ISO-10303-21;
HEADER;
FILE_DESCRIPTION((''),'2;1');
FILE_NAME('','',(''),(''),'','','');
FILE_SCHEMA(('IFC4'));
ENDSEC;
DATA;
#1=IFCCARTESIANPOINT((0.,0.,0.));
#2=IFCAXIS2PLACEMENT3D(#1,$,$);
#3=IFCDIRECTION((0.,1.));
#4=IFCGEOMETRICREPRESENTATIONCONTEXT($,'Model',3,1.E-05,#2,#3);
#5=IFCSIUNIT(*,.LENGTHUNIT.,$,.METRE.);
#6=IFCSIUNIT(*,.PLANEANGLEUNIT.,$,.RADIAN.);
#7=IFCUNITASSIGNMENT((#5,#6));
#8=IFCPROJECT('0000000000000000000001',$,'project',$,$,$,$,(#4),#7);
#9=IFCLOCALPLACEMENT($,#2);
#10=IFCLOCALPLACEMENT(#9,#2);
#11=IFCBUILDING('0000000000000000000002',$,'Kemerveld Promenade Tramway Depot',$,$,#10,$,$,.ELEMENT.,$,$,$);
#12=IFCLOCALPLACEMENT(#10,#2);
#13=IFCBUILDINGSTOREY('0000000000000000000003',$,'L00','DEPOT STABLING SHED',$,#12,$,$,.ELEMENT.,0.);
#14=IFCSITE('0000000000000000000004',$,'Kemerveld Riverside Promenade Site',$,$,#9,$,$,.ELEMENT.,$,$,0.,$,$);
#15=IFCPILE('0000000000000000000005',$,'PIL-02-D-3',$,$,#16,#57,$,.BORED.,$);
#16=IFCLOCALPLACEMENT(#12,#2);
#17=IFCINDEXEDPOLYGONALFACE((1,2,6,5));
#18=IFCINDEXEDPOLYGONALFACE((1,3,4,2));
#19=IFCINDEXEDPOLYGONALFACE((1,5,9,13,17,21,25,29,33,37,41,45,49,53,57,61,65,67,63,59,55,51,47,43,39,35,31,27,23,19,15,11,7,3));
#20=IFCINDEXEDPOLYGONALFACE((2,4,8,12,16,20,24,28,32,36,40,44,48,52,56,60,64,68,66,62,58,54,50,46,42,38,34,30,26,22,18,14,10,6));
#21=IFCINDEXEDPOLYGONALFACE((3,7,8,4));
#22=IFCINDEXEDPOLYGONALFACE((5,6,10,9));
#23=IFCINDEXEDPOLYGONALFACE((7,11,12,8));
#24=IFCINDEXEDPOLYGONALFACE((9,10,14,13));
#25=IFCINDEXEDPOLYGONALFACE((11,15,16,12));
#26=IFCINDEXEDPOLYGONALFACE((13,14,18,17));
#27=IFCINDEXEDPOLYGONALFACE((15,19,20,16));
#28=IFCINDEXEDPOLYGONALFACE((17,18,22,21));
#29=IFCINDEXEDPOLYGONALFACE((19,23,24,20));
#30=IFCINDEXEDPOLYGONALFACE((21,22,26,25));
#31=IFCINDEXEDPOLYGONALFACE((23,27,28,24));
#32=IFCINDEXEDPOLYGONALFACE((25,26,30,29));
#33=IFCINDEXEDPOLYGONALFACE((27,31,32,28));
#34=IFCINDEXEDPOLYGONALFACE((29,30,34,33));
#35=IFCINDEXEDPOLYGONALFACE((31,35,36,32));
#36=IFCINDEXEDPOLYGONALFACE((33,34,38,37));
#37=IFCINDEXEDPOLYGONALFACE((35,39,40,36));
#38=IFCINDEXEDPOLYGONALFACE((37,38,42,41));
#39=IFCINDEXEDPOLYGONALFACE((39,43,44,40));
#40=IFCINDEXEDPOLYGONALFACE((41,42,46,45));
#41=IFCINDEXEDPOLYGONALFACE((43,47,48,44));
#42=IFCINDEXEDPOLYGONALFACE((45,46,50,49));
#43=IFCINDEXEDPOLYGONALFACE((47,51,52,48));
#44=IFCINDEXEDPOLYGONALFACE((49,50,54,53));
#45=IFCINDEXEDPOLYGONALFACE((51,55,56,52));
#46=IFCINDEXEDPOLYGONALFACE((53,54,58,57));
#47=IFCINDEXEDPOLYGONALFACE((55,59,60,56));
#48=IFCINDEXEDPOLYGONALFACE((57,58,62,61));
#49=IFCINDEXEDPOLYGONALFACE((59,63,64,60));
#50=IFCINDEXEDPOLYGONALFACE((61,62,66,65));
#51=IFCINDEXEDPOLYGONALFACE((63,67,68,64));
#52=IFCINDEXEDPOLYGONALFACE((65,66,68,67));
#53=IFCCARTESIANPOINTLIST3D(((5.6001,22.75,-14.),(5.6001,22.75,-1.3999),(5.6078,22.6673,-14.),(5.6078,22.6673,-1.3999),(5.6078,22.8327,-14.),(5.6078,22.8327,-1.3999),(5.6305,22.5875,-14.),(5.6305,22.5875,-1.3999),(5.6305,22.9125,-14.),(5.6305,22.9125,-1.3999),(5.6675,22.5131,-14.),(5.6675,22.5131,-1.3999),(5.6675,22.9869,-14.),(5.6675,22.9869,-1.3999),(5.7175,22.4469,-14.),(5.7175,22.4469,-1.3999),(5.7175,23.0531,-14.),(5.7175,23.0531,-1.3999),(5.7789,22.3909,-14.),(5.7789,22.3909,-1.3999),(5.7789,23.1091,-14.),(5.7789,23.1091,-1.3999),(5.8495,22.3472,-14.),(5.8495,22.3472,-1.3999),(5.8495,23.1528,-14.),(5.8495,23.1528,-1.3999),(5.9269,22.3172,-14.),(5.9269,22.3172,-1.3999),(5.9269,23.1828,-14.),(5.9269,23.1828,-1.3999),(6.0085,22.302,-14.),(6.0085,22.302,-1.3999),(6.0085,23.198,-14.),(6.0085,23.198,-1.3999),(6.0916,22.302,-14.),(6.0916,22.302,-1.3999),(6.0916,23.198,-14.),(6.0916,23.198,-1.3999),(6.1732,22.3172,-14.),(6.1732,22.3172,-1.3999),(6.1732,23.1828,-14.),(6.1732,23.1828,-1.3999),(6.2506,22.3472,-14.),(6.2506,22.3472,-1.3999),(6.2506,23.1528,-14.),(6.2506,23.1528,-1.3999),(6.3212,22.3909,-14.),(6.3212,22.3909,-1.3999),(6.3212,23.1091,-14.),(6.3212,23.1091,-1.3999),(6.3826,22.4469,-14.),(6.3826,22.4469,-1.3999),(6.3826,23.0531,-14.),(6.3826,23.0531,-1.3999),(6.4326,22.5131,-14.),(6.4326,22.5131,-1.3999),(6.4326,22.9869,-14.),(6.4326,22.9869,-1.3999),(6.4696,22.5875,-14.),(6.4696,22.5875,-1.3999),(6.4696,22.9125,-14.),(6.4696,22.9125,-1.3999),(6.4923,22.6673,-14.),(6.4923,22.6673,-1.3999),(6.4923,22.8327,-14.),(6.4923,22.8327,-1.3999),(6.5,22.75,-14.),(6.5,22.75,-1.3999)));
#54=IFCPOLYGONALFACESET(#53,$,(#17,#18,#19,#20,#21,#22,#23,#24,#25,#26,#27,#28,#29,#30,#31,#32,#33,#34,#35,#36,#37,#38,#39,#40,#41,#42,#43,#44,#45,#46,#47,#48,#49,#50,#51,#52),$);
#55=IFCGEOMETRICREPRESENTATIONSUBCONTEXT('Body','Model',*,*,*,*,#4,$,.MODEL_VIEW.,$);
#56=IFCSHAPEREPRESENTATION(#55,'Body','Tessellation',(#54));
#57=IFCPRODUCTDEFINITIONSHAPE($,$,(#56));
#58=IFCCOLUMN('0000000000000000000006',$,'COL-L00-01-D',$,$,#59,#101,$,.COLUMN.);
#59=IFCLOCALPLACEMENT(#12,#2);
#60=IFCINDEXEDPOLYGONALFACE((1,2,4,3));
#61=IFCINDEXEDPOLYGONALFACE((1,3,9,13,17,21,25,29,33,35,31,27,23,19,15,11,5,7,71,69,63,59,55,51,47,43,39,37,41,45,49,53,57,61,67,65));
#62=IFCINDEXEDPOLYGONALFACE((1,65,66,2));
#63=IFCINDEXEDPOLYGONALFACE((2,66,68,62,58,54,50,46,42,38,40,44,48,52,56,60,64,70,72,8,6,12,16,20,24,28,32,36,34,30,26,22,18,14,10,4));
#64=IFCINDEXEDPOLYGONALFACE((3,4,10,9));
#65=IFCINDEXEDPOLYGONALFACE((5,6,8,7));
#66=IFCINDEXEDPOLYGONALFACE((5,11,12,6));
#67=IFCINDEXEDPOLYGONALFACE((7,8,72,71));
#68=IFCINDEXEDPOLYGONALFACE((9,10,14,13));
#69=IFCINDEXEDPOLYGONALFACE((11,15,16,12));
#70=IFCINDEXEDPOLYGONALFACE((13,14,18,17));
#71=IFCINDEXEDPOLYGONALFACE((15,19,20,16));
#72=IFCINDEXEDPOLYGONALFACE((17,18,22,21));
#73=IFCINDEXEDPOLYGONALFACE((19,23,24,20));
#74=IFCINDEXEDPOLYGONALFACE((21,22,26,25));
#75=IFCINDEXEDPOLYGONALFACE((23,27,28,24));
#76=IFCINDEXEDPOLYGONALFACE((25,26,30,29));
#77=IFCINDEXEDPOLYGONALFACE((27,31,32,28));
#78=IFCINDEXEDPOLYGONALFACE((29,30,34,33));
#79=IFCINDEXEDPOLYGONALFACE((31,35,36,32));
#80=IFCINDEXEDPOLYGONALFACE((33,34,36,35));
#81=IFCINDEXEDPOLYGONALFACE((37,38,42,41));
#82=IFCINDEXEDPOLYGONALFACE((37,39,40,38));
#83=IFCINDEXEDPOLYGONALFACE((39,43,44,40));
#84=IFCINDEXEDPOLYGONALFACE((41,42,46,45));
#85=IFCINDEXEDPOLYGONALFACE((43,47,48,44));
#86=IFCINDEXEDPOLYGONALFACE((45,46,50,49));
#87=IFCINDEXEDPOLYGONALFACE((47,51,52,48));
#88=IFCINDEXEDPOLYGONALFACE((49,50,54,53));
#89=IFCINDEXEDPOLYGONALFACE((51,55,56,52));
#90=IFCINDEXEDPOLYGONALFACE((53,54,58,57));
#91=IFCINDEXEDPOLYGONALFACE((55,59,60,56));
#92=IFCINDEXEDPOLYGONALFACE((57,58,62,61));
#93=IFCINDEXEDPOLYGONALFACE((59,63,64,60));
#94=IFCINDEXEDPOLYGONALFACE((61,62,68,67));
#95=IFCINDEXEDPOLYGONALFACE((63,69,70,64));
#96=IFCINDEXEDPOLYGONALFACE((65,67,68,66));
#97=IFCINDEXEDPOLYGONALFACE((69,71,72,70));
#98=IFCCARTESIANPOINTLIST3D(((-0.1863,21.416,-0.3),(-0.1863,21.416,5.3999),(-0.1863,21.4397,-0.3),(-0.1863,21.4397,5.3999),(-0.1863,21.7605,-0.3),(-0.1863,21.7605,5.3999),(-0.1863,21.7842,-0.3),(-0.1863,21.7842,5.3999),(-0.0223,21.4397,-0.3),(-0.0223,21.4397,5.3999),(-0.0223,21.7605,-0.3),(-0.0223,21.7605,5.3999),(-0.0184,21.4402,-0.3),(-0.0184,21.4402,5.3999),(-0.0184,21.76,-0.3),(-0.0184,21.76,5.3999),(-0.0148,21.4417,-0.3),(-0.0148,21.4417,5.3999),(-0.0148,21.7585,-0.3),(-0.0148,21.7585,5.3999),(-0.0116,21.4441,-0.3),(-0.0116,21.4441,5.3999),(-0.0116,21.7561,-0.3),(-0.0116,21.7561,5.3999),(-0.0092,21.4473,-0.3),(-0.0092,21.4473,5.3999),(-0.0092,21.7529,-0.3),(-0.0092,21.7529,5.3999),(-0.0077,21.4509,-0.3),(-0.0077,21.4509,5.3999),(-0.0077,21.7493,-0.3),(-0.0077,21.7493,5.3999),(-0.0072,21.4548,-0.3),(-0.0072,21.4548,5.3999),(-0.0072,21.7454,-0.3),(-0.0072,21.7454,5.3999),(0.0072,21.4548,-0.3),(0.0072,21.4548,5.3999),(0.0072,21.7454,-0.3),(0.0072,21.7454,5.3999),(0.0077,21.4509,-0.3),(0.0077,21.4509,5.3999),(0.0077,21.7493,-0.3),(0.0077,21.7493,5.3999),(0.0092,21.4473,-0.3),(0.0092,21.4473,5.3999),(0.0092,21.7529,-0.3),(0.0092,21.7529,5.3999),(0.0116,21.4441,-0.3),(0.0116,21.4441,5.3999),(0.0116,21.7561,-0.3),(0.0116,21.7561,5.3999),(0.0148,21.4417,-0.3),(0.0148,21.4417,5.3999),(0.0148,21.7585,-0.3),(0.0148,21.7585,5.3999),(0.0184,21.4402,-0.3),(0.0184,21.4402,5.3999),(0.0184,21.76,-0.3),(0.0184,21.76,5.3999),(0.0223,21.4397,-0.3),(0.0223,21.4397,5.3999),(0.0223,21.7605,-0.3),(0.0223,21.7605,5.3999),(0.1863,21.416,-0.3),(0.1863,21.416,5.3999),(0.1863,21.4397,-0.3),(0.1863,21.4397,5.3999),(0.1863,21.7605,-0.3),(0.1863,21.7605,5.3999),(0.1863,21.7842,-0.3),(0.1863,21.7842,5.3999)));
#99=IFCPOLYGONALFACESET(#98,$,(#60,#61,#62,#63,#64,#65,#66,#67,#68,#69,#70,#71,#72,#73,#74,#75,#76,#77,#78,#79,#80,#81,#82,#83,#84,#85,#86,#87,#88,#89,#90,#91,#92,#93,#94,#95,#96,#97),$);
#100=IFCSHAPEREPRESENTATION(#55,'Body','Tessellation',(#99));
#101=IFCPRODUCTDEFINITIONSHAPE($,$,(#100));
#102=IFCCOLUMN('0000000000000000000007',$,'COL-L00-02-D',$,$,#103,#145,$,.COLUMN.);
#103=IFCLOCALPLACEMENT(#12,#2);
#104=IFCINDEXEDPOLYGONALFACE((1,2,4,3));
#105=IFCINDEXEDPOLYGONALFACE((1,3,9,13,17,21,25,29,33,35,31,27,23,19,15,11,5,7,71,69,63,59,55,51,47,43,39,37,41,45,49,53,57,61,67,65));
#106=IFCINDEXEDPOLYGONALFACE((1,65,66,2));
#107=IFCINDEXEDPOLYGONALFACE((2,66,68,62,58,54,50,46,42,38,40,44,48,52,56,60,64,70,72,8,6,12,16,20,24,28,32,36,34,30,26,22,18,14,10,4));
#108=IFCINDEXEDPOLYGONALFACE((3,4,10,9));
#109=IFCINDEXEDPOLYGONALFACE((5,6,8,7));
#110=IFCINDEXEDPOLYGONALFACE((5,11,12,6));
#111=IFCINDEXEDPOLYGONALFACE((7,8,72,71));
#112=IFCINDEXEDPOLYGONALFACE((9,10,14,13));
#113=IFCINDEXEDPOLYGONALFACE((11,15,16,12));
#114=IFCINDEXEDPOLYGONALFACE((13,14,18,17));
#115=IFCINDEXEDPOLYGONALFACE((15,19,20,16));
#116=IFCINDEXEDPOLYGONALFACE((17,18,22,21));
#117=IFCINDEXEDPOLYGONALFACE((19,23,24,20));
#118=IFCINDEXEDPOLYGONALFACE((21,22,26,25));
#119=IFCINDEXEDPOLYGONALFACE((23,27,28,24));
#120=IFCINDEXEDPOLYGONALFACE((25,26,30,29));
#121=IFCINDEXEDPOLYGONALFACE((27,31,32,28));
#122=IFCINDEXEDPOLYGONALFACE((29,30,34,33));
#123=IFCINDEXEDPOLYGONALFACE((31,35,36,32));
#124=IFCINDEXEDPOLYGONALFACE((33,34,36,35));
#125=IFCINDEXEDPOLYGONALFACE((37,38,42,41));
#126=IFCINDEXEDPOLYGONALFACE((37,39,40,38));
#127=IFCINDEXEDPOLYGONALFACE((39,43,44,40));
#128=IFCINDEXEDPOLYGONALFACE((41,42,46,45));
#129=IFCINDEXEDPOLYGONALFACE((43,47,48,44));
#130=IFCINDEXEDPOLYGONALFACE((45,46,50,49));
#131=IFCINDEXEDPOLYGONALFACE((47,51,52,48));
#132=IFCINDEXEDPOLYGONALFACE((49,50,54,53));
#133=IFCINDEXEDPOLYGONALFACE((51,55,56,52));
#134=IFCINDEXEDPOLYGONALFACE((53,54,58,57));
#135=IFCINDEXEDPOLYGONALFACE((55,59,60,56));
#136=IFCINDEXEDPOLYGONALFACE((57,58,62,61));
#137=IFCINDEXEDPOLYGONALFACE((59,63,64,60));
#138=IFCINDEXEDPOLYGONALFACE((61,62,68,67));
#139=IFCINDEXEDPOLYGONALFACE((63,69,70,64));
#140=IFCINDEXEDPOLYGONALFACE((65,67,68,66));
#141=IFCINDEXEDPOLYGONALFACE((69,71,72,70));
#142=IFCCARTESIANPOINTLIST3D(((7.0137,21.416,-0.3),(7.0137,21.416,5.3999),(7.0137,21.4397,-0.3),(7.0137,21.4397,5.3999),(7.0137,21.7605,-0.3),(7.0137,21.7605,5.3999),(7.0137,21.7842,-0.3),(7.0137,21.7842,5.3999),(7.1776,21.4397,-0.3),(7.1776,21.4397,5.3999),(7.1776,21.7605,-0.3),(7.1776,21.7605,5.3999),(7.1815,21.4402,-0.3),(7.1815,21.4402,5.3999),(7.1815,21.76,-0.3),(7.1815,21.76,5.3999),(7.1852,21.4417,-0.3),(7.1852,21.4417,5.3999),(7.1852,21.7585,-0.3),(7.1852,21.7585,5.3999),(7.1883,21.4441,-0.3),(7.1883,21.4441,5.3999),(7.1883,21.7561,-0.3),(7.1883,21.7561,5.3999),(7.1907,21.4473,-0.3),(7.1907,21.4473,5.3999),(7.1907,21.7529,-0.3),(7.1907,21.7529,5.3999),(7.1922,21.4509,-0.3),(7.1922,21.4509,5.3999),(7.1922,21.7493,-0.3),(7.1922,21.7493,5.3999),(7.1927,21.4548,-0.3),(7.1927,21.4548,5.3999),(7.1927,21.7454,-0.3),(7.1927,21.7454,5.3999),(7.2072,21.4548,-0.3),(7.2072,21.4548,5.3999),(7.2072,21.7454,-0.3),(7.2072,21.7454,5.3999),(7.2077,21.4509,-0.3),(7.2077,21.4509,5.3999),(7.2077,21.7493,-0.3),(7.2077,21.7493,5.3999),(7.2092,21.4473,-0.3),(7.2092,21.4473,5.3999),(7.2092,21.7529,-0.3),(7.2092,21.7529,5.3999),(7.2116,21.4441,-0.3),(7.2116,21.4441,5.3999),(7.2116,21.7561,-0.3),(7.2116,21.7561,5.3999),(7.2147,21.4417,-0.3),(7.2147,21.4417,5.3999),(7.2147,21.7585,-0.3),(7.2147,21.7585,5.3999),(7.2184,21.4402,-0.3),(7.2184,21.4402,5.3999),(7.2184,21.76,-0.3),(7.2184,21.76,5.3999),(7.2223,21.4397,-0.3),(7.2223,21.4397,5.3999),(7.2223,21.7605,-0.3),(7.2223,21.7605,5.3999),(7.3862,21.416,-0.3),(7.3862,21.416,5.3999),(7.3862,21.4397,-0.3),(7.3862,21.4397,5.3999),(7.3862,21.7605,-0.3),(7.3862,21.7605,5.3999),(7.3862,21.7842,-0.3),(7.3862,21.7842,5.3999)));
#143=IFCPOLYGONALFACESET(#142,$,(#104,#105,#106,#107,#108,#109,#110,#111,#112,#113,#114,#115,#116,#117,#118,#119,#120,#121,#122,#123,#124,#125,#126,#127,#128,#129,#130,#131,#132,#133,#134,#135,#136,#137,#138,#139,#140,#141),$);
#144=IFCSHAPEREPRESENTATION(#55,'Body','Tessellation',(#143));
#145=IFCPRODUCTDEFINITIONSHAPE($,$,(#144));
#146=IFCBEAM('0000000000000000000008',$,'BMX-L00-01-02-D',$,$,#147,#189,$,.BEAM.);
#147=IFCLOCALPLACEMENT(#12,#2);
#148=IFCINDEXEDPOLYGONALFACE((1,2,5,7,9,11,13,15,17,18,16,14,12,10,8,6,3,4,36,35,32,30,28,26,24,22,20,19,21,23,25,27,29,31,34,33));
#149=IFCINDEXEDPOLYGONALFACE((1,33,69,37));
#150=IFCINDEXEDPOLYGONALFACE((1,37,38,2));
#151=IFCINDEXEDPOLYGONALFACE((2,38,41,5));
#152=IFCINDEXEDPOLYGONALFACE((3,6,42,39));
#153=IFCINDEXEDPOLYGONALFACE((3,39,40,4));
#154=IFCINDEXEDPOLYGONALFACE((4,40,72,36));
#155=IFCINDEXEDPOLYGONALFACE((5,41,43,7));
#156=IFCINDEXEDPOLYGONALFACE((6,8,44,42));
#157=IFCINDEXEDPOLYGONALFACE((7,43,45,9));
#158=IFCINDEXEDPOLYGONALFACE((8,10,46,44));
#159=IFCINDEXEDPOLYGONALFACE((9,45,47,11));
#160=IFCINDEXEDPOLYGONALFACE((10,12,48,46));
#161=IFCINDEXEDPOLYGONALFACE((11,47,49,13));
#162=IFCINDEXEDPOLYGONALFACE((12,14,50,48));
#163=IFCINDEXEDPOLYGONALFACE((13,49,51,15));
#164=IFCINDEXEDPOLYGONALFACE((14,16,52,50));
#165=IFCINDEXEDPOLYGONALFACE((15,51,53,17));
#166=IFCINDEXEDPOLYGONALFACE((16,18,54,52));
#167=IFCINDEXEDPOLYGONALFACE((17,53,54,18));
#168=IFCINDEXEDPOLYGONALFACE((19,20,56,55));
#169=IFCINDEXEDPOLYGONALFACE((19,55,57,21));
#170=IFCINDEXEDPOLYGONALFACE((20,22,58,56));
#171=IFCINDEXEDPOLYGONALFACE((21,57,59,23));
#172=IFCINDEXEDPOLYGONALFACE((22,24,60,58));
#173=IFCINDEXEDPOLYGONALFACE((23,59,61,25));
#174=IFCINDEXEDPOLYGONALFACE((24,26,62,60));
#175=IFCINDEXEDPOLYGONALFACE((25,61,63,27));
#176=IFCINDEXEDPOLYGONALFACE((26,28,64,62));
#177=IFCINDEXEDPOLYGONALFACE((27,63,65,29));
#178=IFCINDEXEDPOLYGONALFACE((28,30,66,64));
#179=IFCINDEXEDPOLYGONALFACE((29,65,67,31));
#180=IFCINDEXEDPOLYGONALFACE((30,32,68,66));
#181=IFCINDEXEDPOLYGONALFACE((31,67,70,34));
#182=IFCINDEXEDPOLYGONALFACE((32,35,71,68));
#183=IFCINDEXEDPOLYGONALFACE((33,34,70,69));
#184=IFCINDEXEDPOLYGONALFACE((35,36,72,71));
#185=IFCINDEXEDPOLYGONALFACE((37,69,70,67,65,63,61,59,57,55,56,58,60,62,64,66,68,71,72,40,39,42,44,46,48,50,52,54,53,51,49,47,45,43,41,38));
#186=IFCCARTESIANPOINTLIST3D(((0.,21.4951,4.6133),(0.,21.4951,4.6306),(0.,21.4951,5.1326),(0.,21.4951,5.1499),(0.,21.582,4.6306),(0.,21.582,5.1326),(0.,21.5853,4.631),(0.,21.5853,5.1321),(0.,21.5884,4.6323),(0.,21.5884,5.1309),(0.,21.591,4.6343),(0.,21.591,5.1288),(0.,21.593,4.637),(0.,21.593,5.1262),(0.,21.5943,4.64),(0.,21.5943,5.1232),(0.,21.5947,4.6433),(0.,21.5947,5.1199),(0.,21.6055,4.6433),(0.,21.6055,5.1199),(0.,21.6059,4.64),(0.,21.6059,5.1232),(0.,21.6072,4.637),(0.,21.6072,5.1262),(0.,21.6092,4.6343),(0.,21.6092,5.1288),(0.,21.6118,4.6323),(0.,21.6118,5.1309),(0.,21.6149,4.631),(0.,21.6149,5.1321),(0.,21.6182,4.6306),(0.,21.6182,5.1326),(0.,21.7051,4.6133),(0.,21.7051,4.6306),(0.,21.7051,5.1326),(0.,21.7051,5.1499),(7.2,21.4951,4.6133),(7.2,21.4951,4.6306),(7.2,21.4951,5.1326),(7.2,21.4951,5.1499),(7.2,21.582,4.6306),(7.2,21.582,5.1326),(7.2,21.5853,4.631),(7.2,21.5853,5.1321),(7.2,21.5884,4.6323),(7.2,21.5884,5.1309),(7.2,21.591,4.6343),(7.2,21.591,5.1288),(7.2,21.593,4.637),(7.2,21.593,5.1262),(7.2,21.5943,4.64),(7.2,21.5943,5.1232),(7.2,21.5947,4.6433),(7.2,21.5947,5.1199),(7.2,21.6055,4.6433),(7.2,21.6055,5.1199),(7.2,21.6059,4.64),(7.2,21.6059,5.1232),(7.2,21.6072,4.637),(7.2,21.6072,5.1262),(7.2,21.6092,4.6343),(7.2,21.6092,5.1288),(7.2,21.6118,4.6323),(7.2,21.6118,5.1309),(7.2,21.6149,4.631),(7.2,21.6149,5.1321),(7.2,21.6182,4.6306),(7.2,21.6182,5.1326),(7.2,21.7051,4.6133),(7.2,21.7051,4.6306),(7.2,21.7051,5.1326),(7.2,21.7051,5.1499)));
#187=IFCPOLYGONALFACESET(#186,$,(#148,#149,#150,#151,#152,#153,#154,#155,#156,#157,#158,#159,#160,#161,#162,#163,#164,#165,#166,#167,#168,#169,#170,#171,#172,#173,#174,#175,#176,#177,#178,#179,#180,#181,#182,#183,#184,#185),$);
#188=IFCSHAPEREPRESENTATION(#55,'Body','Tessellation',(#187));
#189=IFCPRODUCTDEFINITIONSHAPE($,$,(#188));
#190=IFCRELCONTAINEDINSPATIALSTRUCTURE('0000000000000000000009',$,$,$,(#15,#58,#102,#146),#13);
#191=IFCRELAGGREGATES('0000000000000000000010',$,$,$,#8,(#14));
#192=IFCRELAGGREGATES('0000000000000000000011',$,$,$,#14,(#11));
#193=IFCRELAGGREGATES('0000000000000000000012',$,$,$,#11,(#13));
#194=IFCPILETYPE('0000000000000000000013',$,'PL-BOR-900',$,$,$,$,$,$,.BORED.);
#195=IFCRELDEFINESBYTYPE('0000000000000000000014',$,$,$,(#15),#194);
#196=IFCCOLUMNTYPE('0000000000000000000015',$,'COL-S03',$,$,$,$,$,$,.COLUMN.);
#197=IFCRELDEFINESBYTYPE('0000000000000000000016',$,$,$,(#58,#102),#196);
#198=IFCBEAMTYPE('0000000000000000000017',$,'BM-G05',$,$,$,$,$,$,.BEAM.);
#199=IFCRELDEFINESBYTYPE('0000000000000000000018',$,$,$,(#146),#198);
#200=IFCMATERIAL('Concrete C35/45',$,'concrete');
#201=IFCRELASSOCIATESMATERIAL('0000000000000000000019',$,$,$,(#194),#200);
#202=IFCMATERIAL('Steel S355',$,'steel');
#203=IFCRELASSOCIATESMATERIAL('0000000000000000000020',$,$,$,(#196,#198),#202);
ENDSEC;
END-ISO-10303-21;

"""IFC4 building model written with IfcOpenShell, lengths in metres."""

from ifc_helpers import new_model, si_unit, direction, frame, origin, origin_2d, place, context, subcontext, project, spatial, circle, i_section, extrude, material, material_profile, profile_set, type_object, element, save


model = new_model("IFC4")

# Units and contexts
model_context = context("Model", 3, precision=1e-05, world=origin(), true_north=direction((0.0, 1.0)))
body_context = subcontext(model_context, "Body", "Model", "MODEL_VIEW")
ifc_project = project(units=[si_unit("LENGTHUNIT", "METRE"), si_unit("PLANEANGLEUNIT", "RADIAN")], contexts=[model_context])

# Site, building, storey
site_placement = place(None, origin())
site = spatial("IfcSite", under=ifc_project, at=site_placement, Name="Kemerveld Riverside Promenade Site", CompositionType="ELEMENT", RefElevation=0.0)
building_placement = place(site_placement, origin())
building = spatial("IfcBuilding", under=site, at=building_placement, Name="Kemerveld Promenade Tramway Depot", CompositionType="ELEMENT")
storey_placement = place(building_placement, origin())
storey = spatial("IfcBuildingStorey", under=building, at=storey_placement, Name="L00", Description="DEPOT STABLING SHED", CompositionType="ELEMENT", Elevation=0.0)

# Shared definitions
ifc_material_1 = material(Name="Concrete C35/45", Category="concrete")

# Pile
ifc_material_profile_1 = material_profile(ifc_material_1, circle(Radius=0.45, at=origin_2d()), Name="PILE-D900")
ifc_profile_set_1 = profile_set([ifc_material_profile_1], Name="Concrete C35/45")
pile_type = type_object("IfcPileType", Name="PL-BOR-900", PredefinedType="BORED", material=ifc_profile_set_1)
for number, where, z_axis, x_axis, name in (
    (1, (6.05, 22.75, -1.3999), (0.0, 0.0, -1.0), (1.0, 0.0, 0.0), "PIL-02-D-3"),
):
    element("IfcPile", number, at=place(storey_placement, frame(where, z_axis=z_axis, x_axis=x_axis)), inside=storey, type_object=pile_type, Name=name, PredefinedType="BORED", context=body_context, shape_type="SweptSolid", body=[
        extrude(circle(Radius=0.45, at=origin_2d()), origin(), (0.0, 0.0, 1.0), 12.6001),
    ])

# Columns
ifc_material_2 = material(Name="Steel S355", Category="steel")
ifc_material_profile_2 = material_profile(ifc_material_2, i_section(OverallWidth=0.3726, OverallDepth=0.3682, WebThickness=0.0144, FlangeThickness=0.0237, FilletRadius=0.0151, at=origin_2d()), Name="356x368x177 UC")
ifc_profile_set_2 = profile_set([ifc_material_profile_2], Name="Steel S355")
column_type = type_object("IfcColumnType", Name="COL-S03", PredefinedType="COLUMN", material=ifc_profile_set_2)
for number, where, z_axis, x_axis, name in (
    (2, (0.0, 21.6001, -0.3), (0.0, 0.0, 1.0), (1.0, 0.0, 0.0), "COL-L00-01-D"),
    (3, (7.2, 21.6001, -0.3), (0.0, 0.0, 1.0), (1.0, 0.0, 0.0), "COL-L00-02-D"),
):
    element("IfcColumn", number, at=place(storey_placement, frame(where, z_axis=z_axis, x_axis=x_axis)), inside=storey, type_object=column_type, Name=name, PredefinedType="COLUMN", context=body_context, shape_type="SweptSolid", body=[
        extrude(i_section(OverallWidth=0.3726, OverallDepth=0.3682, WebThickness=0.0144, FlangeThickness=0.0237, FilletRadius=0.0151, at=origin_2d()), origin(), (0.0, 0.0, 1.0), 5.7),
    ])

# Beam
ifc_material_profile_3 = material_profile(ifc_material_2, i_section(OverallWidth=0.21, OverallDepth=0.5366, WebThickness=0.0107, FlangeThickness=0.0173, FilletRadius=0.0127, at=origin_2d()), Name="533x210x101 UB")
ifc_profile_set_3 = profile_set([ifc_material_profile_3], Name="Steel S355")
beam_type_1 = type_object("IfcBeamType", Name="BM-G05", PredefinedType="BEAM", material=ifc_profile_set_3)
for number, where, z_axis, x_axis, name in (
    (4, (0.0, 21.6001, 4.8816), (1.0, 0.0, 0.0), (0.0, 1.0, 0.0), "BMX-L00-01-02-D"),
):
    element("IfcBeam", number, at=place(storey_placement, frame(where, z_axis=z_axis, x_axis=x_axis)), inside=storey, type_object=beam_type_1, Name=name, PredefinedType="BEAM", context=body_context, shape_type="SweptSolid", body=[
        extrude(i_section(OverallWidth=0.21, OverallDepth=0.5366, WebThickness=0.0107, FlangeThickness=0.0173, FilletRadius=0.0127, at=origin_2d()), origin(), (0.0, 0.0, 1.0), 7.2),
    ])

save(model, "model.ifc")
